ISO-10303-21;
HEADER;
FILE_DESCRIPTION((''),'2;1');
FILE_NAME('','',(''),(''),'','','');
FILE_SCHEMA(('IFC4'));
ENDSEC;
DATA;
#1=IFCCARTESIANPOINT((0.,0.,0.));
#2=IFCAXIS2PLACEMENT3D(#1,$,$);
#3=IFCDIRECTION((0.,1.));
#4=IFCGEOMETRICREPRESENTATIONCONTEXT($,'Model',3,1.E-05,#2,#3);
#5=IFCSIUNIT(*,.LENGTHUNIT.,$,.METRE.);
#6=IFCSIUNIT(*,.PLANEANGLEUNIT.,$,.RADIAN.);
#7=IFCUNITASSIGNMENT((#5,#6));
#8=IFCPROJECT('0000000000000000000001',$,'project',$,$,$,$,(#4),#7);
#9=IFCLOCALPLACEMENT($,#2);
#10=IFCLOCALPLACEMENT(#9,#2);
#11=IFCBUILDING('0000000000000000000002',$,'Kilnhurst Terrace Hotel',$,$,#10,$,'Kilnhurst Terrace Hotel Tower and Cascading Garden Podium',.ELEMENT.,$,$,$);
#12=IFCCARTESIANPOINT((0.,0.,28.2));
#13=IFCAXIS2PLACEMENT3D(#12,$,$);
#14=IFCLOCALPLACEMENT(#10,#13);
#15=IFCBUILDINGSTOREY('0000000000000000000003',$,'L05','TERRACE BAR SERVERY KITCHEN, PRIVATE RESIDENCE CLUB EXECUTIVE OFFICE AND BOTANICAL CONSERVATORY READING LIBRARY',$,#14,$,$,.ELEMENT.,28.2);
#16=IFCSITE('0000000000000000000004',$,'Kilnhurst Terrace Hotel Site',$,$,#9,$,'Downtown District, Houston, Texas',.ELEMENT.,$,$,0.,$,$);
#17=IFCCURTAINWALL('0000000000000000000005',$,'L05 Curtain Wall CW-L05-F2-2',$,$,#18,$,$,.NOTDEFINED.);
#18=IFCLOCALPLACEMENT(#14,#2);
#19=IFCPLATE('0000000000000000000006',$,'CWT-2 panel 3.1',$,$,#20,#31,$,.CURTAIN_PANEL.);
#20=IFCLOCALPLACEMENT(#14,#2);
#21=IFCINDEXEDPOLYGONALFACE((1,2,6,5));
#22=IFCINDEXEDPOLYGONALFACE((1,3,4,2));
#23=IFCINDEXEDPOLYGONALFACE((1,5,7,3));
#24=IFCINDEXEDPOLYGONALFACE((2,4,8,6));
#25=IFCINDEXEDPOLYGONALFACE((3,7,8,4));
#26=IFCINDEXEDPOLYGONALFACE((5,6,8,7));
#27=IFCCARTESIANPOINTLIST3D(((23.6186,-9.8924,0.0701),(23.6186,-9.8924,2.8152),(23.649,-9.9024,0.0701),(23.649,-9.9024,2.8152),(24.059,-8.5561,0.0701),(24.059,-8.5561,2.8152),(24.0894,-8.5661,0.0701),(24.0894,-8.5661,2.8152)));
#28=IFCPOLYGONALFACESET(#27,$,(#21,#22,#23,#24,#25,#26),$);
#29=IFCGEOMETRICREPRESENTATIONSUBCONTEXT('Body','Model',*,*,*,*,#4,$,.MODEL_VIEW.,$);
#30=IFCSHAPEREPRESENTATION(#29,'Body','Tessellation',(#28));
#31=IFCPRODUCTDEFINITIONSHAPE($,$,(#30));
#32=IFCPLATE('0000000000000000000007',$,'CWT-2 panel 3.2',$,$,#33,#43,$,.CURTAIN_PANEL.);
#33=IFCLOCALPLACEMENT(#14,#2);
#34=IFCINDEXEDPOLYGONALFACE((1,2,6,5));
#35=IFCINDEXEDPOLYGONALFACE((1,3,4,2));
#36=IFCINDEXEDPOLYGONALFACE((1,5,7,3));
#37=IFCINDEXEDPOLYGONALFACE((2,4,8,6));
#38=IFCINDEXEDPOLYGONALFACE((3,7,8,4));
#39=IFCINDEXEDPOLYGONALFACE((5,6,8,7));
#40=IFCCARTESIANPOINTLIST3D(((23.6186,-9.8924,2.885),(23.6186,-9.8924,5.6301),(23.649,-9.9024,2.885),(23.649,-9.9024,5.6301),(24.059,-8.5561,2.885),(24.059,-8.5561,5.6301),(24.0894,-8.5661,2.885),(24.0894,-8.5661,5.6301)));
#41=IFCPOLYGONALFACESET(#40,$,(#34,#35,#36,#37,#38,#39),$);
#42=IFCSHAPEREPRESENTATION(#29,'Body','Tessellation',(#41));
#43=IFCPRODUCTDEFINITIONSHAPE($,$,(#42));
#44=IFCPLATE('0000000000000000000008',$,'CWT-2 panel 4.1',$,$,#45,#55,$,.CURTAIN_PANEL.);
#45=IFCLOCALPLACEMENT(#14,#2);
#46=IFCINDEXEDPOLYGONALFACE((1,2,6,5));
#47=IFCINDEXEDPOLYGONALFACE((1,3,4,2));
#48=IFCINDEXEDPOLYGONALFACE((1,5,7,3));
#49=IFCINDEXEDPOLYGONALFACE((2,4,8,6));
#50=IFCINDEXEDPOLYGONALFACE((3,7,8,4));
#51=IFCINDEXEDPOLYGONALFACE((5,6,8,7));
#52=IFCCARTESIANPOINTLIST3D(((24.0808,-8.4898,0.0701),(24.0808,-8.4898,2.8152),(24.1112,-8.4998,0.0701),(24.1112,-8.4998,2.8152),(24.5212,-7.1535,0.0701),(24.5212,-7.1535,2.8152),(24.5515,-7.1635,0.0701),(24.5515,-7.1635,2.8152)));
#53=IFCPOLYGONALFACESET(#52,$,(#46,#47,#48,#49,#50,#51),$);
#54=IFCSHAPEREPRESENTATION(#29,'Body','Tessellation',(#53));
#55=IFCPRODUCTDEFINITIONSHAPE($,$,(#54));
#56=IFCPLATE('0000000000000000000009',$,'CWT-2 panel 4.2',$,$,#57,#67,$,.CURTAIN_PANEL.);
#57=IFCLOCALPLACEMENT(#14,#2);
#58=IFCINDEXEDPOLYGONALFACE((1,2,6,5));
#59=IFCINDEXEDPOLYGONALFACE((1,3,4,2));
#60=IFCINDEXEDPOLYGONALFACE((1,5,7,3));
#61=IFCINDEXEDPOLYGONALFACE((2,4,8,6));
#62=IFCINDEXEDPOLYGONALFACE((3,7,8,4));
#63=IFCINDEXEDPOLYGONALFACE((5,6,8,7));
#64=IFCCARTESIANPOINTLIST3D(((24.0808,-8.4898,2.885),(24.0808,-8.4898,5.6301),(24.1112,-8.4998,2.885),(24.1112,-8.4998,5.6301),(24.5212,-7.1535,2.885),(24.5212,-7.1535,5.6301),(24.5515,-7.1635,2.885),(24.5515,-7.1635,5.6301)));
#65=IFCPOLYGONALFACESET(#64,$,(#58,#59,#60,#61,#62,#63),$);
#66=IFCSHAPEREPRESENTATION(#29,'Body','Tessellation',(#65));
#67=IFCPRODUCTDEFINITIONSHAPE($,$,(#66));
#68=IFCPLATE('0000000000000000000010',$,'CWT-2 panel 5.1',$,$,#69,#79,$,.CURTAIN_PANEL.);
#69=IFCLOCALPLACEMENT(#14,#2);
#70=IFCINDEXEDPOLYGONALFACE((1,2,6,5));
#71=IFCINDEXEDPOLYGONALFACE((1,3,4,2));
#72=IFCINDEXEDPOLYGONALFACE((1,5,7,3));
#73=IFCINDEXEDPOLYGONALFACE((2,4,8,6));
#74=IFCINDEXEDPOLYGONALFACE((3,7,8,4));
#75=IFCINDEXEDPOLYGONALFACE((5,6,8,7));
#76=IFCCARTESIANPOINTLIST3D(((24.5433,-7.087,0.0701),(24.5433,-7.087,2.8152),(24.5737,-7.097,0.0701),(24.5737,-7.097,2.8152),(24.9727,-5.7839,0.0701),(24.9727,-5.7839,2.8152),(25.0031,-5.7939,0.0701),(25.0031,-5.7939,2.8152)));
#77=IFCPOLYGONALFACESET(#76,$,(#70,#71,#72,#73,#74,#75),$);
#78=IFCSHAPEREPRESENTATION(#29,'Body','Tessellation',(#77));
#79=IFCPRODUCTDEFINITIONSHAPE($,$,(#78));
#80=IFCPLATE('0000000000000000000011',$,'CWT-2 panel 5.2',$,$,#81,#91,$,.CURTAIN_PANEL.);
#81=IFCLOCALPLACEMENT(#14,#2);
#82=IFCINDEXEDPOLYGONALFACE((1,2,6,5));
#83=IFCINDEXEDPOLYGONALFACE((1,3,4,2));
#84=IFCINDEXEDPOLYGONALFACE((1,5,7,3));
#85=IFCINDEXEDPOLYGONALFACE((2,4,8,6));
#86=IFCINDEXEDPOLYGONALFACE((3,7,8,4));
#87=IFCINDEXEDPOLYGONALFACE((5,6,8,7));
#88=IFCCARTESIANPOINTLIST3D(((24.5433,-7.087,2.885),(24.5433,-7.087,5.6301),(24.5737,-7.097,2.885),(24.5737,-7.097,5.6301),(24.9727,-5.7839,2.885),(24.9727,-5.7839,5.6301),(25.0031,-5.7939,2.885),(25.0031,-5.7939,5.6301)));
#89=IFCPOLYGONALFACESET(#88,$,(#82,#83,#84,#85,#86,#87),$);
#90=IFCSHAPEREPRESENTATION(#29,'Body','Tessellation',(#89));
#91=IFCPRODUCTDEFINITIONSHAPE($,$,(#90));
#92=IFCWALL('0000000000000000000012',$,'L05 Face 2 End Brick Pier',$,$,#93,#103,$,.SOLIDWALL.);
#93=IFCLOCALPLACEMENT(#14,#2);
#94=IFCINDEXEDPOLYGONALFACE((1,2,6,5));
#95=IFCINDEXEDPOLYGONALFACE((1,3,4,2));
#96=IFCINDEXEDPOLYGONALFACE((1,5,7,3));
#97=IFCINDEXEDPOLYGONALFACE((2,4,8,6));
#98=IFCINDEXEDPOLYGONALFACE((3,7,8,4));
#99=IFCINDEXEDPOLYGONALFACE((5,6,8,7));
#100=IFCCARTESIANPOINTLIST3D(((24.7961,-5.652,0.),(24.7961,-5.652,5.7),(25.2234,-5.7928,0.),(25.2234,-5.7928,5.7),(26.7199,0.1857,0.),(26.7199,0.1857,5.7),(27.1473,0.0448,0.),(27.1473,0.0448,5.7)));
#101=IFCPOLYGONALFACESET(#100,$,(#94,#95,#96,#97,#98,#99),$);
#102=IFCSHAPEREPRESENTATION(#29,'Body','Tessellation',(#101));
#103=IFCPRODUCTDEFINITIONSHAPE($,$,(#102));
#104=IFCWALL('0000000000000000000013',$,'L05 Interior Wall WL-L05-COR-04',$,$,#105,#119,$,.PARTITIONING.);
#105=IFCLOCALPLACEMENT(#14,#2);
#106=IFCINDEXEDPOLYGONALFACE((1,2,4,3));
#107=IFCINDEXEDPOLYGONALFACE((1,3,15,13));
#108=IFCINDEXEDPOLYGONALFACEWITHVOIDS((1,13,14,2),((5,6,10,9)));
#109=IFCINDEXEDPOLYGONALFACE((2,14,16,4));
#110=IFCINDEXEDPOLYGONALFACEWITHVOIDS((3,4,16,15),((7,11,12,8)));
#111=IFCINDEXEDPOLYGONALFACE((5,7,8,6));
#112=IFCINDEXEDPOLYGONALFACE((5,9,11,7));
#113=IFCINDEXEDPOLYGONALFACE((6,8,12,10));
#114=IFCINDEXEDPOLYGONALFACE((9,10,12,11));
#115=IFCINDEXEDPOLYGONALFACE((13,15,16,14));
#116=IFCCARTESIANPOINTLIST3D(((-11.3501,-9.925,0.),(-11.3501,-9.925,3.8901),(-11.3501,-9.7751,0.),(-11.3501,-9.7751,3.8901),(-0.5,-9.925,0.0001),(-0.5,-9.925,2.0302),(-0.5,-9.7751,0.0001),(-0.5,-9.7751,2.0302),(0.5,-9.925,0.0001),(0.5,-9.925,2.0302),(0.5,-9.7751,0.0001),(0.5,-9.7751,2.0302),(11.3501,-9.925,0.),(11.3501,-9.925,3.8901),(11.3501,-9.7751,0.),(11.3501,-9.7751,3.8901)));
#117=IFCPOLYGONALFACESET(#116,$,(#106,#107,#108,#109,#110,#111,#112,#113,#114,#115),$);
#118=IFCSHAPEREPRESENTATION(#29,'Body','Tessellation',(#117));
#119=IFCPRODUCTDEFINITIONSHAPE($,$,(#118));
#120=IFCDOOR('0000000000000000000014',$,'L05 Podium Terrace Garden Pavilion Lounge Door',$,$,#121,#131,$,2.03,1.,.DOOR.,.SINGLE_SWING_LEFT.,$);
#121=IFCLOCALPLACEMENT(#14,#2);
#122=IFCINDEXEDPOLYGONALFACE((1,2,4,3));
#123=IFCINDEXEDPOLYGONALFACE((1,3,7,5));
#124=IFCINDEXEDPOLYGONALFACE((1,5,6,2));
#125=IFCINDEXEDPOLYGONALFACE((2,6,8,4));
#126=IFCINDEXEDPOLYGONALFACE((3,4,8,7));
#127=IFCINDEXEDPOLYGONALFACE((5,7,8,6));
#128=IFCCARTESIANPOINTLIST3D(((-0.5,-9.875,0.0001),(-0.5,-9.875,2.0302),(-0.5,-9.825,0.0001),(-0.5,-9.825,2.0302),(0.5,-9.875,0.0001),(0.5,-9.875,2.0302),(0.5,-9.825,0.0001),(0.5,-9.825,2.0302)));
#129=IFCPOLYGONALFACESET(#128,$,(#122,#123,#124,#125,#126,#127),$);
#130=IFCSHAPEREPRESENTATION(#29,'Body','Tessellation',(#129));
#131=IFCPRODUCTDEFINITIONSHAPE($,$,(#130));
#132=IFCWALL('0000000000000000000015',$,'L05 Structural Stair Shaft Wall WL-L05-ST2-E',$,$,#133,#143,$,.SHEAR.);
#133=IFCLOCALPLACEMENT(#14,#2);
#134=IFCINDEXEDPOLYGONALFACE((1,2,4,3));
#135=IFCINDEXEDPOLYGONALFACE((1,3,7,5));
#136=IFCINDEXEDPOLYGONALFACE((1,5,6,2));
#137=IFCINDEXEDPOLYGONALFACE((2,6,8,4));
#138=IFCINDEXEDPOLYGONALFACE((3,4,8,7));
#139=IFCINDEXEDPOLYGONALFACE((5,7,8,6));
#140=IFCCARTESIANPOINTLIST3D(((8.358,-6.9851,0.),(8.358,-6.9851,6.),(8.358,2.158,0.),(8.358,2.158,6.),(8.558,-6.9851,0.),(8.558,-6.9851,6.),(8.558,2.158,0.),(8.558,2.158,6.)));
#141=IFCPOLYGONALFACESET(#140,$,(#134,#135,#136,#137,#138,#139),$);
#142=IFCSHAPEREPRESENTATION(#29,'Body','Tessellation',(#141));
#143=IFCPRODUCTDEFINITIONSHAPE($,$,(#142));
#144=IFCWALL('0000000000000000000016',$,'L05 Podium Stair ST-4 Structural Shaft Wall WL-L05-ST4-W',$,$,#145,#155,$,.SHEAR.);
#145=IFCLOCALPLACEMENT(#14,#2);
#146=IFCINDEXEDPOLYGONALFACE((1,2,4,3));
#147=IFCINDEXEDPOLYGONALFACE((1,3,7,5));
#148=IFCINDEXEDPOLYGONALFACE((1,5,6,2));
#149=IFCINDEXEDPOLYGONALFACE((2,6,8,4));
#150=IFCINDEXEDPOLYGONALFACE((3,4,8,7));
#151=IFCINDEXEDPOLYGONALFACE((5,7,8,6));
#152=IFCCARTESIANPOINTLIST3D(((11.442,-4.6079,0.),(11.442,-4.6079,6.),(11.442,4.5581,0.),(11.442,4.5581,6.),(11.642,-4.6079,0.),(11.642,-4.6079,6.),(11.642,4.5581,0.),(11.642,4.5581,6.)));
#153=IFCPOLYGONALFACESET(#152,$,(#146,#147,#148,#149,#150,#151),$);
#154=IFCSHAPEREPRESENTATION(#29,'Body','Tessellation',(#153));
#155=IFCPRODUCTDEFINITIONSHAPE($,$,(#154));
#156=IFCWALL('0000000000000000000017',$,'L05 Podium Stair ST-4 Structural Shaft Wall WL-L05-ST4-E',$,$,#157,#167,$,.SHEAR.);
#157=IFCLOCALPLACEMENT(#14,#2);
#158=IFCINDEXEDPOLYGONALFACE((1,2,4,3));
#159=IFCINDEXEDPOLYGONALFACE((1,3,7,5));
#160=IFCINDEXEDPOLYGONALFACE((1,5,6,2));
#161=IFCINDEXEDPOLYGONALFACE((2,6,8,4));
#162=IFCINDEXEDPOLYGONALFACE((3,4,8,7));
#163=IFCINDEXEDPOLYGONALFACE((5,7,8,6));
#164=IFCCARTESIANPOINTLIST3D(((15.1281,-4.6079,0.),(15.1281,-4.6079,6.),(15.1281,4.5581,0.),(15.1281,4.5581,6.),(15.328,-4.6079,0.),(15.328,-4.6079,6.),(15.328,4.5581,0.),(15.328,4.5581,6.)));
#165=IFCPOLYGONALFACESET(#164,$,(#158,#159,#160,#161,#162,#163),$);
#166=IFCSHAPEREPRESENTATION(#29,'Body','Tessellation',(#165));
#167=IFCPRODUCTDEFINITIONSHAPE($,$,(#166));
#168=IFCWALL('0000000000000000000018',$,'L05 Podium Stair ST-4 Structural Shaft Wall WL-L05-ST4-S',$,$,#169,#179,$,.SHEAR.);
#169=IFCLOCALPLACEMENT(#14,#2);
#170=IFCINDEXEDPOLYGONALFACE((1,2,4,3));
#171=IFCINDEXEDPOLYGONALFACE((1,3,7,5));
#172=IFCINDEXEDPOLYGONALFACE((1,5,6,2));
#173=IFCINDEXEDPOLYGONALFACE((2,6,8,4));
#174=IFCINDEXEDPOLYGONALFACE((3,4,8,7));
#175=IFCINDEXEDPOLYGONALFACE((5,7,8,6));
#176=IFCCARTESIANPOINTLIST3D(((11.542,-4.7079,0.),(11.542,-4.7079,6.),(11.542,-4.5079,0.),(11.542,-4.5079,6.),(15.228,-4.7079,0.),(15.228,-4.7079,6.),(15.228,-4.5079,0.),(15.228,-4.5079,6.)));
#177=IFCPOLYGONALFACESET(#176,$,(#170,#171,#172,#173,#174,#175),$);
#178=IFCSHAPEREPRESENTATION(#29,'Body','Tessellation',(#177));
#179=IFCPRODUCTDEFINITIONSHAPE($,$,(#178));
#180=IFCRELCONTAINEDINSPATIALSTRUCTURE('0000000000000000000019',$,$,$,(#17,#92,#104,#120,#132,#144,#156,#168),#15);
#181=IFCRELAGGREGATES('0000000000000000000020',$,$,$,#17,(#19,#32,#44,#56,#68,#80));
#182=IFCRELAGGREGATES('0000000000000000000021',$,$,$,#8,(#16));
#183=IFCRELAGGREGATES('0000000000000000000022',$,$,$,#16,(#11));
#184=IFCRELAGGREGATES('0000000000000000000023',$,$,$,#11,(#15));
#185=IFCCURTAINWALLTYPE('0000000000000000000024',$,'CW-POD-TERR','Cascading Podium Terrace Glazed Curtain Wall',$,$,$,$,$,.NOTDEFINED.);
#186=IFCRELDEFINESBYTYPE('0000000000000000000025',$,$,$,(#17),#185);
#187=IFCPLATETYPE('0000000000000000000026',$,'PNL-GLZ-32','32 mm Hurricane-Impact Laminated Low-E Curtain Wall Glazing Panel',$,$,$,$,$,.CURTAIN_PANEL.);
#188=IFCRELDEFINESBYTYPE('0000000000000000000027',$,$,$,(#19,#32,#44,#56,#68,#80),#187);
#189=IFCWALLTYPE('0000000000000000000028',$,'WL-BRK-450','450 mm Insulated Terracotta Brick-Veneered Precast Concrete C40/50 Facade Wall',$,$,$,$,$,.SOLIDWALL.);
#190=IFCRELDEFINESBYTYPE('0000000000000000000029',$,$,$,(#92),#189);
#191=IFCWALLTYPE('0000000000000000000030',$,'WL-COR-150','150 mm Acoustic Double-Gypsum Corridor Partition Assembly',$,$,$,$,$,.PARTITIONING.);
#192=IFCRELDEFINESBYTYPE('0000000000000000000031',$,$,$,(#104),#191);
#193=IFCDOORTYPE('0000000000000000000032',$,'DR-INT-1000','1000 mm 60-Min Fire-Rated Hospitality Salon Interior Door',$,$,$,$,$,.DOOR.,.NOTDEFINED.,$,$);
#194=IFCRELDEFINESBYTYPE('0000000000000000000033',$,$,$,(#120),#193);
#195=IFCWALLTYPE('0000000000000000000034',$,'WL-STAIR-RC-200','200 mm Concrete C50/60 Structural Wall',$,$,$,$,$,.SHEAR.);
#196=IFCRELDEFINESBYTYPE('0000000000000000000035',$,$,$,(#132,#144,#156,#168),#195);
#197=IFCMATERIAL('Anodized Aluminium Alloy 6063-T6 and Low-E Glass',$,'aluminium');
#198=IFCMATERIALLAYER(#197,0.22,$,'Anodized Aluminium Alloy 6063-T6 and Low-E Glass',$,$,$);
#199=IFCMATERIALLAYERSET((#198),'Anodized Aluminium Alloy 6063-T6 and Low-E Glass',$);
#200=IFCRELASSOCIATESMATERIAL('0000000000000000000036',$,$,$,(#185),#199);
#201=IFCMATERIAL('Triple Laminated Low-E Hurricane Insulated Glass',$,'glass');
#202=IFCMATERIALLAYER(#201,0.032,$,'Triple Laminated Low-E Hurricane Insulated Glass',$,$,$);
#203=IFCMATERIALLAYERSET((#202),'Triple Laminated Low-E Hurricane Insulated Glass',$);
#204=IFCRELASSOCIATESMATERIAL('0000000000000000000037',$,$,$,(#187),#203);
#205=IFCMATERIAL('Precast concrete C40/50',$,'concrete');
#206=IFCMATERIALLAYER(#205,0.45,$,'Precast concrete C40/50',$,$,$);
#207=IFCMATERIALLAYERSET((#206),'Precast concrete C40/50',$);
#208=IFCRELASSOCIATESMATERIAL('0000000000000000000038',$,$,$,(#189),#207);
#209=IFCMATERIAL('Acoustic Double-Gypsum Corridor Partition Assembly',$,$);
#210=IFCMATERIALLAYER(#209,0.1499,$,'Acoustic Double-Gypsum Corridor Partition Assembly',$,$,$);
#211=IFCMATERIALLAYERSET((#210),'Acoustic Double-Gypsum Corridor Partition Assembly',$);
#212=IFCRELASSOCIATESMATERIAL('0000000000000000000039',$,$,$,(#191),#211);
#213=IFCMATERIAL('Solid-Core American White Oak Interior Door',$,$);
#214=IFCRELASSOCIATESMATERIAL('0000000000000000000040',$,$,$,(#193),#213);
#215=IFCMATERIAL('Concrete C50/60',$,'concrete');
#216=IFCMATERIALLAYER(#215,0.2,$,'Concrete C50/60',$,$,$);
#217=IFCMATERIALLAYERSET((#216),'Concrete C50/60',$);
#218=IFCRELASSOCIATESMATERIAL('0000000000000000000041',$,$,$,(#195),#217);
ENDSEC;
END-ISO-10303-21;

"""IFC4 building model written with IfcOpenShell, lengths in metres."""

from ifc_helpers import new_model, si_unit, direction, frame, frame_2d, origin, origin_2d, place, context, subcontext, project, spatial, rectangle, extrude, material, layer, layer_set, type_object, element, fill, aggregate, save


model = new_model("IFC4")

# Units and contexts
model_context = context("Model", 3, precision=1e-05, world=origin(), true_north=direction((0.0, 1.0)))
body_context = subcontext(model_context, "Body", "Model", "MODEL_VIEW")
ifc_project = project(units=[si_unit("LENGTHUNIT", "METRE"), si_unit("PLANEANGLEUNIT", "RADIAN")], contexts=[model_context])

# Site, building, storey
site_placement = place(None, origin())
site = spatial("IfcSite", under=ifc_project, at=site_placement, Name="Kilnhurst Terrace Hotel Site", LongName="Downtown District, Houston, Texas", CompositionType="ELEMENT", RefElevation=0.0)
building_placement = place(site_placement, origin())
building = spatial("IfcBuilding", under=site, at=building_placement, Name="Kilnhurst Terrace Hotel", LongName="Kilnhurst Terrace Hotel Tower and Cascading Garden Podium", CompositionType="ELEMENT")
storey_placement = place(building_placement, frame((0.0, 0.0, 28.2)))
storey = spatial("IfcBuildingStorey", under=building, at=storey_placement, Name="L05", Description="TERRACE BAR SERVERY KITCHEN, PRIVATE RESIDENCE CLUB EXECUTIVE OFFICE AND BOTANICAL CONSERVATORY READING LIBRARY", CompositionType="ELEMENT", Elevation=28.2)

# Shared definitions
ifc_material_1 = material(Name="Concrete C50/60", Category="concrete")

# Curtain wall
ifc_material_2 = material(Name="Anodized Aluminium Alloy 6063-T6 and Low-E Glass", Category="aluminium")
ifc_layer_1 = layer(ifc_material_2, 0.22, Name="Anodized Aluminium Alloy 6063-T6 and Low-E Glass")
ifc_layer_set_1 = layer_set([ifc_layer_1], Name="Anodized Aluminium Alloy 6063-T6 and Low-E Glass")
curtain_wall_type = type_object("IfcCurtainWallType", Name="CW-POD-TERR", Description="Cascading Podium Terrace Glazed Curtain Wall", PredefinedType="NOTDEFINED", material=ifc_layer_set_1)
curtain_wall_placement = place(storey_placement, origin())
curtain_wall = element("IfcCurtainWall", 1, at=curtain_wall_placement, inside=storey, type_object=curtain_wall_type, Name="L05 Curtain Wall CW-L05-F2-2", PredefinedType="NOTDEFINED")

# Plates
ifc_material_3 = material(Name="Triple Laminated Low-E Hurricane Insulated Glass", Category="glass")
ifc_layer_2 = layer(ifc_material_3, 0.032, Name="Triple Laminated Low-E Hurricane Insulated Glass")
ifc_layer_set_2 = layer_set([ifc_layer_2], Name="Triple Laminated Low-E Hurricane Insulated Glass")
plate_type = type_object("IfcPlateType", Name="PNL-GLZ-32", Description="32 mm Hurricane-Impact Laminated Low-E Curtain Wall Glazing Panel", PredefinedType="CURTAIN_PANEL", material=ifc_layer_set_2)
plate_1_placement = place(storey_placement, frame((23.854, -9.2292, 0.0701), z_axis=(0.0, 0.0, 1.0), x_axis=(0.312988, 0.949757, 0.0)))
plate_1 = element("IfcPlate", 2, at=plate_1_placement, type_object=plate_type, Name="CWT-2 panel 3.1", PredefinedType="CURTAIN_PANEL", context=body_context, shape_type="SweptSolid", body=[
    extrude(rectangle(XDim=1.407, YDim=0.032, at=origin_2d()), origin(), (0.0, 0.0, 1.0), 2.7451),
])
plate_2_placement = place(storey_placement, frame((23.854, -9.2292, 2.885), z_axis=(0.0, 0.0, 1.0), x_axis=(0.312988, 0.949757, 0.0)))
plate_2 = element("IfcPlate", 3, at=plate_2_placement, type_object=plate_type, Name="CWT-2 panel 3.2", PredefinedType="CURTAIN_PANEL", context=body_context, shape_type="SweptSolid", body=[
    extrude(rectangle(XDim=1.407, YDim=0.032, at=origin_2d()), origin(), (0.0, 0.0, 1.0), 2.7451),
])
plate_3_placement = place(storey_placement, frame((24.3162, -7.8267, 0.0701), z_axis=(0.0, 0.0, 1.0), x_axis=(0.312988, 0.949757, 0.0)))
plate_3 = element("IfcPlate", 4, at=plate_3_placement, type_object=plate_type, Name="CWT-2 panel 4.1", PredefinedType="CURTAIN_PANEL", context=body_context, shape_type="SweptSolid", body=[
    extrude(rectangle(XDim=1.407, YDim=0.032, at=origin_2d()), origin(), (0.0, 0.0, 1.0), 2.7451),
])
plate_4_placement = place(storey_placement, frame((24.3162, -7.8267, 2.885), z_axis=(0.0, 0.0, 1.0), x_axis=(0.312988, 0.949757, 0.0)))
plate_4 = element("IfcPlate", 5, at=plate_4_placement, type_object=plate_type, Name="CWT-2 panel 4.2", PredefinedType="CURTAIN_PANEL", context=body_context, shape_type="SweptSolid", body=[
    extrude(rectangle(XDim=1.407, YDim=0.032, at=origin_2d()), origin(), (0.0, 0.0, 1.0), 2.7451),
])
plate_5_placement = place(storey_placement, frame((24.7732, -6.4404, 0.0701), z_axis=(0.0, 0.0, 1.0), x_axis=(0.312988, 0.949757, 0.0)))
plate_5 = element("IfcPlate", 6, at=plate_5_placement, type_object=plate_type, Name="CWT-2 panel 5.1", PredefinedType="CURTAIN_PANEL", context=body_context, shape_type="SweptSolid", body=[
    extrude(rectangle(XDim=1.3721, YDim=0.032, at=origin_2d()), origin(), (0.0, 0.0, 1.0), 2.7451),
])
plate_6_placement = place(storey_placement, frame((24.7732, -6.4404, 2.885), z_axis=(0.0, 0.0, 1.0), x_axis=(0.312988, 0.949757, 0.0)))
plate_6 = element("IfcPlate", 7, at=plate_6_placement, type_object=plate_type, Name="CWT-2 panel 5.2", PredefinedType="CURTAIN_PANEL", context=body_context, shape_type="SweptSolid", body=[
    extrude(rectangle(XDim=1.3721, YDim=0.032, at=origin_2d()), origin(), (0.0, 0.0, 1.0), 2.7451),
])
aggregate(curtain_wall, [plate_1, plate_2, plate_3, plate_4, plate_5, plate_6])

# Wall
ifc_material_4 = material(Name="Precast concrete C40/50", Category="concrete")
ifc_layer_3 = layer(ifc_material_4, 0.45, Name="Precast concrete C40/50")
ifc_layer_set_3 = layer_set([ifc_layer_3], Name="Precast concrete C40/50")
wall_type_1 = type_object("IfcWallType", Name="WL-BRK-450", Description="450 mm Insulated Terracotta Brick-Veneered Precast Concrete C40/50 Facade Wall", PredefinedType="SOLIDWALL", material=ifc_layer_set_3)
wall_1_placement = place(storey_placement, frame((25.0098, -5.7224, 0.0), z_axis=(0.0, 0.0, 1.0), x_axis=(0.312997, 0.949754, 0.0)))
element("IfcWall", 8, at=wall_1_placement, inside=storey, type_object=wall_type_1, Name="L05 Face 2 End Brick Pier", PredefinedType="SOLIDWALL", context=body_context, shape_type="SweptSolid", body=[
    extrude(rectangle(XDim=6.1465, YDim=0.45, at=frame_2d((3.0732, 0.0))), origin(), (0.0, 0.0, 1.0), 5.7),
])

# Wall, opening, door
ifc_material_5 = material(Name="Acoustic Double-Gypsum Corridor Partition Assembly")
ifc_layer_4 = layer(ifc_material_5, 0.1499, Name="Acoustic Double-Gypsum Corridor Partition Assembly")
ifc_layer_set_4 = layer_set([ifc_layer_4], Name="Acoustic Double-Gypsum Corridor Partition Assembly")
wall_type_2 = type_object("IfcWallType", Name="WL-COR-150", Description="150 mm Acoustic Double-Gypsum Corridor Partition Assembly", PredefinedType="PARTITIONING", material=ifc_layer_set_4)
wall_2_placement = place(storey_placement, frame((11.3501, -9.8501, 0.0), z_axis=(0.0, 0.0, 1.0), x_axis=(-1.0, 0.0, 0.0)))
wall_2 = element("IfcWall", 9, at=wall_2_placement, inside=storey, type_object=wall_type_2, Name="L05 Interior Wall WL-L05-COR-04", PredefinedType="PARTITIONING", context=body_context, shape_type="SweptSolid", body=[
    extrude(rectangle(XDim=22.7002, YDim=0.1499, at=frame_2d((11.3501, 0.0))), origin(), (0.0, 0.0, 1.0), 3.8901),
])
opening_1_placement = place(wall_2_placement, frame((10.8501, 0.0, 0.0)))
opening_1 = element("IfcOpeningElement", 10, at=opening_1_placement, cuts=wall_2, PredefinedType="OPENING", context=body_context, shape_type="SweptSolid", body=[
    extrude(rectangle(XDim=1.0, YDim=2.03, at=frame_2d((0.5, 1.0151))), frame((0.0, 0.085, 0.0), z_axis=(0.0, -1.0, 0.0), x_axis=(1.0, 0.0, 0.0)), (0.0, 0.0, 1.0), 0.1699),
])
ifc_material_6 = material(Name="Solid-Core American White Oak Interior Door")
door_type_1 = type_object("IfcDoorType", Name="DR-INT-1000", Description="1000 mm 60-Min Fire-Rated Hospitality Salon Interior Door", OperationType="NOTDEFINED", PredefinedType="DOOR", material=ifc_material_6)
door_1_placement = place(opening_1_placement, origin())
door_1 = element("IfcDoor", 11, at=door_1_placement, inside=storey, type_object=door_type_1, Name="L05 Podium Terrace Garden Pavilion Lounge Door", OperationType="SINGLE_SWING_LEFT", OverallHeight=2.03, OverallWidth=1.0, PredefinedType="DOOR", context=body_context, shape_type="SweptSolid", body=[
    extrude(rectangle(XDim=1.0, YDim=2.03, at=frame_2d((0.5, 1.0151))), frame((0.0, 0.0249, 0.0), z_axis=(0.0, -1.0, 0.0), x_axis=(1.0, 0.0, 0.0)), (0.0, 0.0, 1.0), 0.05),
])
fill(opening_1, door_1)

# Walls
ifc_layer_5 = layer(ifc_material_1, 0.2, Name="Concrete C50/60")
ifc_layer_set_5 = layer_set([ifc_layer_5], Name="Concrete C50/60")
wall_type_3 = type_object("IfcWallType", Name="WL-STAIR-RC-200", Description="200 mm Concrete C50/60 Structural Wall", PredefinedType="SHEAR", material=ifc_layer_set_5)
wall_3_placement = place(storey_placement, frame((8.458, -6.9851, 0.0), z_axis=(0.0, 0.0, 1.0), x_axis=(0.0, 1.0, 0.0)))
element("IfcWall", 12, at=wall_3_placement, inside=storey, type_object=wall_type_3, Name="L05 Structural Stair Shaft Wall WL-L05-ST2-E", PredefinedType="SHEAR", context=body_context, shape_type="SweptSolid", body=[
    extrude(rectangle(XDim=9.1431, YDim=0.2, at=frame_2d((4.5715, 0.0))), origin(), (0.0, 0.0, 1.0), 6.0),
])
for number, where, z_axis, x_axis, name in (
    (13, (11.542, -4.6079, 0.0), (0.0, 0.0, 1.0), (0.0, 1.0, 0.0), "L05 Podium Stair ST-4 Structural Shaft Wall WL-L05-ST4-W"),
    (14, (15.228, -4.6079, 0.0), (0.0, 0.0, 1.0), (0.0, 1.0, 0.0), "L05 Podium Stair ST-4 Structural Shaft Wall WL-L05-ST4-E"),
):
    element("IfcWall", number, at=place(storey_placement, frame(where, z_axis=z_axis, x_axis=x_axis)), inside=storey, type_object=wall_type_3, Name=name, PredefinedType="SHEAR", context=body_context, shape_type="SweptSolid", body=[
        extrude(rectangle(XDim=9.166, YDim=0.2, at=frame_2d((4.583, 0.0))), origin(), (0.0, 0.0, 1.0), 6.0),
    ])
wall_4_placement = place(storey_placement, frame((11.542, -4.6079, 0.0), z_axis=(0.0, 0.0, 1.0), x_axis=(1.0, 0.0, 0.0)))
element("IfcWall", 15, at=wall_4_placement, inside=storey, type_object=wall_type_3, Name="L05 Podium Stair ST-4 Structural Shaft Wall WL-L05-ST4-S", PredefinedType="SHEAR", context=body_context, shape_type="SweptSolid", body=[
    extrude(rectangle(XDim=3.686, YDim=0.2, at=frame_2d((1.843, 0.0))), origin(), (0.0, 0.0, 1.0), 6.0),
])

save(model, "model.ifc")
